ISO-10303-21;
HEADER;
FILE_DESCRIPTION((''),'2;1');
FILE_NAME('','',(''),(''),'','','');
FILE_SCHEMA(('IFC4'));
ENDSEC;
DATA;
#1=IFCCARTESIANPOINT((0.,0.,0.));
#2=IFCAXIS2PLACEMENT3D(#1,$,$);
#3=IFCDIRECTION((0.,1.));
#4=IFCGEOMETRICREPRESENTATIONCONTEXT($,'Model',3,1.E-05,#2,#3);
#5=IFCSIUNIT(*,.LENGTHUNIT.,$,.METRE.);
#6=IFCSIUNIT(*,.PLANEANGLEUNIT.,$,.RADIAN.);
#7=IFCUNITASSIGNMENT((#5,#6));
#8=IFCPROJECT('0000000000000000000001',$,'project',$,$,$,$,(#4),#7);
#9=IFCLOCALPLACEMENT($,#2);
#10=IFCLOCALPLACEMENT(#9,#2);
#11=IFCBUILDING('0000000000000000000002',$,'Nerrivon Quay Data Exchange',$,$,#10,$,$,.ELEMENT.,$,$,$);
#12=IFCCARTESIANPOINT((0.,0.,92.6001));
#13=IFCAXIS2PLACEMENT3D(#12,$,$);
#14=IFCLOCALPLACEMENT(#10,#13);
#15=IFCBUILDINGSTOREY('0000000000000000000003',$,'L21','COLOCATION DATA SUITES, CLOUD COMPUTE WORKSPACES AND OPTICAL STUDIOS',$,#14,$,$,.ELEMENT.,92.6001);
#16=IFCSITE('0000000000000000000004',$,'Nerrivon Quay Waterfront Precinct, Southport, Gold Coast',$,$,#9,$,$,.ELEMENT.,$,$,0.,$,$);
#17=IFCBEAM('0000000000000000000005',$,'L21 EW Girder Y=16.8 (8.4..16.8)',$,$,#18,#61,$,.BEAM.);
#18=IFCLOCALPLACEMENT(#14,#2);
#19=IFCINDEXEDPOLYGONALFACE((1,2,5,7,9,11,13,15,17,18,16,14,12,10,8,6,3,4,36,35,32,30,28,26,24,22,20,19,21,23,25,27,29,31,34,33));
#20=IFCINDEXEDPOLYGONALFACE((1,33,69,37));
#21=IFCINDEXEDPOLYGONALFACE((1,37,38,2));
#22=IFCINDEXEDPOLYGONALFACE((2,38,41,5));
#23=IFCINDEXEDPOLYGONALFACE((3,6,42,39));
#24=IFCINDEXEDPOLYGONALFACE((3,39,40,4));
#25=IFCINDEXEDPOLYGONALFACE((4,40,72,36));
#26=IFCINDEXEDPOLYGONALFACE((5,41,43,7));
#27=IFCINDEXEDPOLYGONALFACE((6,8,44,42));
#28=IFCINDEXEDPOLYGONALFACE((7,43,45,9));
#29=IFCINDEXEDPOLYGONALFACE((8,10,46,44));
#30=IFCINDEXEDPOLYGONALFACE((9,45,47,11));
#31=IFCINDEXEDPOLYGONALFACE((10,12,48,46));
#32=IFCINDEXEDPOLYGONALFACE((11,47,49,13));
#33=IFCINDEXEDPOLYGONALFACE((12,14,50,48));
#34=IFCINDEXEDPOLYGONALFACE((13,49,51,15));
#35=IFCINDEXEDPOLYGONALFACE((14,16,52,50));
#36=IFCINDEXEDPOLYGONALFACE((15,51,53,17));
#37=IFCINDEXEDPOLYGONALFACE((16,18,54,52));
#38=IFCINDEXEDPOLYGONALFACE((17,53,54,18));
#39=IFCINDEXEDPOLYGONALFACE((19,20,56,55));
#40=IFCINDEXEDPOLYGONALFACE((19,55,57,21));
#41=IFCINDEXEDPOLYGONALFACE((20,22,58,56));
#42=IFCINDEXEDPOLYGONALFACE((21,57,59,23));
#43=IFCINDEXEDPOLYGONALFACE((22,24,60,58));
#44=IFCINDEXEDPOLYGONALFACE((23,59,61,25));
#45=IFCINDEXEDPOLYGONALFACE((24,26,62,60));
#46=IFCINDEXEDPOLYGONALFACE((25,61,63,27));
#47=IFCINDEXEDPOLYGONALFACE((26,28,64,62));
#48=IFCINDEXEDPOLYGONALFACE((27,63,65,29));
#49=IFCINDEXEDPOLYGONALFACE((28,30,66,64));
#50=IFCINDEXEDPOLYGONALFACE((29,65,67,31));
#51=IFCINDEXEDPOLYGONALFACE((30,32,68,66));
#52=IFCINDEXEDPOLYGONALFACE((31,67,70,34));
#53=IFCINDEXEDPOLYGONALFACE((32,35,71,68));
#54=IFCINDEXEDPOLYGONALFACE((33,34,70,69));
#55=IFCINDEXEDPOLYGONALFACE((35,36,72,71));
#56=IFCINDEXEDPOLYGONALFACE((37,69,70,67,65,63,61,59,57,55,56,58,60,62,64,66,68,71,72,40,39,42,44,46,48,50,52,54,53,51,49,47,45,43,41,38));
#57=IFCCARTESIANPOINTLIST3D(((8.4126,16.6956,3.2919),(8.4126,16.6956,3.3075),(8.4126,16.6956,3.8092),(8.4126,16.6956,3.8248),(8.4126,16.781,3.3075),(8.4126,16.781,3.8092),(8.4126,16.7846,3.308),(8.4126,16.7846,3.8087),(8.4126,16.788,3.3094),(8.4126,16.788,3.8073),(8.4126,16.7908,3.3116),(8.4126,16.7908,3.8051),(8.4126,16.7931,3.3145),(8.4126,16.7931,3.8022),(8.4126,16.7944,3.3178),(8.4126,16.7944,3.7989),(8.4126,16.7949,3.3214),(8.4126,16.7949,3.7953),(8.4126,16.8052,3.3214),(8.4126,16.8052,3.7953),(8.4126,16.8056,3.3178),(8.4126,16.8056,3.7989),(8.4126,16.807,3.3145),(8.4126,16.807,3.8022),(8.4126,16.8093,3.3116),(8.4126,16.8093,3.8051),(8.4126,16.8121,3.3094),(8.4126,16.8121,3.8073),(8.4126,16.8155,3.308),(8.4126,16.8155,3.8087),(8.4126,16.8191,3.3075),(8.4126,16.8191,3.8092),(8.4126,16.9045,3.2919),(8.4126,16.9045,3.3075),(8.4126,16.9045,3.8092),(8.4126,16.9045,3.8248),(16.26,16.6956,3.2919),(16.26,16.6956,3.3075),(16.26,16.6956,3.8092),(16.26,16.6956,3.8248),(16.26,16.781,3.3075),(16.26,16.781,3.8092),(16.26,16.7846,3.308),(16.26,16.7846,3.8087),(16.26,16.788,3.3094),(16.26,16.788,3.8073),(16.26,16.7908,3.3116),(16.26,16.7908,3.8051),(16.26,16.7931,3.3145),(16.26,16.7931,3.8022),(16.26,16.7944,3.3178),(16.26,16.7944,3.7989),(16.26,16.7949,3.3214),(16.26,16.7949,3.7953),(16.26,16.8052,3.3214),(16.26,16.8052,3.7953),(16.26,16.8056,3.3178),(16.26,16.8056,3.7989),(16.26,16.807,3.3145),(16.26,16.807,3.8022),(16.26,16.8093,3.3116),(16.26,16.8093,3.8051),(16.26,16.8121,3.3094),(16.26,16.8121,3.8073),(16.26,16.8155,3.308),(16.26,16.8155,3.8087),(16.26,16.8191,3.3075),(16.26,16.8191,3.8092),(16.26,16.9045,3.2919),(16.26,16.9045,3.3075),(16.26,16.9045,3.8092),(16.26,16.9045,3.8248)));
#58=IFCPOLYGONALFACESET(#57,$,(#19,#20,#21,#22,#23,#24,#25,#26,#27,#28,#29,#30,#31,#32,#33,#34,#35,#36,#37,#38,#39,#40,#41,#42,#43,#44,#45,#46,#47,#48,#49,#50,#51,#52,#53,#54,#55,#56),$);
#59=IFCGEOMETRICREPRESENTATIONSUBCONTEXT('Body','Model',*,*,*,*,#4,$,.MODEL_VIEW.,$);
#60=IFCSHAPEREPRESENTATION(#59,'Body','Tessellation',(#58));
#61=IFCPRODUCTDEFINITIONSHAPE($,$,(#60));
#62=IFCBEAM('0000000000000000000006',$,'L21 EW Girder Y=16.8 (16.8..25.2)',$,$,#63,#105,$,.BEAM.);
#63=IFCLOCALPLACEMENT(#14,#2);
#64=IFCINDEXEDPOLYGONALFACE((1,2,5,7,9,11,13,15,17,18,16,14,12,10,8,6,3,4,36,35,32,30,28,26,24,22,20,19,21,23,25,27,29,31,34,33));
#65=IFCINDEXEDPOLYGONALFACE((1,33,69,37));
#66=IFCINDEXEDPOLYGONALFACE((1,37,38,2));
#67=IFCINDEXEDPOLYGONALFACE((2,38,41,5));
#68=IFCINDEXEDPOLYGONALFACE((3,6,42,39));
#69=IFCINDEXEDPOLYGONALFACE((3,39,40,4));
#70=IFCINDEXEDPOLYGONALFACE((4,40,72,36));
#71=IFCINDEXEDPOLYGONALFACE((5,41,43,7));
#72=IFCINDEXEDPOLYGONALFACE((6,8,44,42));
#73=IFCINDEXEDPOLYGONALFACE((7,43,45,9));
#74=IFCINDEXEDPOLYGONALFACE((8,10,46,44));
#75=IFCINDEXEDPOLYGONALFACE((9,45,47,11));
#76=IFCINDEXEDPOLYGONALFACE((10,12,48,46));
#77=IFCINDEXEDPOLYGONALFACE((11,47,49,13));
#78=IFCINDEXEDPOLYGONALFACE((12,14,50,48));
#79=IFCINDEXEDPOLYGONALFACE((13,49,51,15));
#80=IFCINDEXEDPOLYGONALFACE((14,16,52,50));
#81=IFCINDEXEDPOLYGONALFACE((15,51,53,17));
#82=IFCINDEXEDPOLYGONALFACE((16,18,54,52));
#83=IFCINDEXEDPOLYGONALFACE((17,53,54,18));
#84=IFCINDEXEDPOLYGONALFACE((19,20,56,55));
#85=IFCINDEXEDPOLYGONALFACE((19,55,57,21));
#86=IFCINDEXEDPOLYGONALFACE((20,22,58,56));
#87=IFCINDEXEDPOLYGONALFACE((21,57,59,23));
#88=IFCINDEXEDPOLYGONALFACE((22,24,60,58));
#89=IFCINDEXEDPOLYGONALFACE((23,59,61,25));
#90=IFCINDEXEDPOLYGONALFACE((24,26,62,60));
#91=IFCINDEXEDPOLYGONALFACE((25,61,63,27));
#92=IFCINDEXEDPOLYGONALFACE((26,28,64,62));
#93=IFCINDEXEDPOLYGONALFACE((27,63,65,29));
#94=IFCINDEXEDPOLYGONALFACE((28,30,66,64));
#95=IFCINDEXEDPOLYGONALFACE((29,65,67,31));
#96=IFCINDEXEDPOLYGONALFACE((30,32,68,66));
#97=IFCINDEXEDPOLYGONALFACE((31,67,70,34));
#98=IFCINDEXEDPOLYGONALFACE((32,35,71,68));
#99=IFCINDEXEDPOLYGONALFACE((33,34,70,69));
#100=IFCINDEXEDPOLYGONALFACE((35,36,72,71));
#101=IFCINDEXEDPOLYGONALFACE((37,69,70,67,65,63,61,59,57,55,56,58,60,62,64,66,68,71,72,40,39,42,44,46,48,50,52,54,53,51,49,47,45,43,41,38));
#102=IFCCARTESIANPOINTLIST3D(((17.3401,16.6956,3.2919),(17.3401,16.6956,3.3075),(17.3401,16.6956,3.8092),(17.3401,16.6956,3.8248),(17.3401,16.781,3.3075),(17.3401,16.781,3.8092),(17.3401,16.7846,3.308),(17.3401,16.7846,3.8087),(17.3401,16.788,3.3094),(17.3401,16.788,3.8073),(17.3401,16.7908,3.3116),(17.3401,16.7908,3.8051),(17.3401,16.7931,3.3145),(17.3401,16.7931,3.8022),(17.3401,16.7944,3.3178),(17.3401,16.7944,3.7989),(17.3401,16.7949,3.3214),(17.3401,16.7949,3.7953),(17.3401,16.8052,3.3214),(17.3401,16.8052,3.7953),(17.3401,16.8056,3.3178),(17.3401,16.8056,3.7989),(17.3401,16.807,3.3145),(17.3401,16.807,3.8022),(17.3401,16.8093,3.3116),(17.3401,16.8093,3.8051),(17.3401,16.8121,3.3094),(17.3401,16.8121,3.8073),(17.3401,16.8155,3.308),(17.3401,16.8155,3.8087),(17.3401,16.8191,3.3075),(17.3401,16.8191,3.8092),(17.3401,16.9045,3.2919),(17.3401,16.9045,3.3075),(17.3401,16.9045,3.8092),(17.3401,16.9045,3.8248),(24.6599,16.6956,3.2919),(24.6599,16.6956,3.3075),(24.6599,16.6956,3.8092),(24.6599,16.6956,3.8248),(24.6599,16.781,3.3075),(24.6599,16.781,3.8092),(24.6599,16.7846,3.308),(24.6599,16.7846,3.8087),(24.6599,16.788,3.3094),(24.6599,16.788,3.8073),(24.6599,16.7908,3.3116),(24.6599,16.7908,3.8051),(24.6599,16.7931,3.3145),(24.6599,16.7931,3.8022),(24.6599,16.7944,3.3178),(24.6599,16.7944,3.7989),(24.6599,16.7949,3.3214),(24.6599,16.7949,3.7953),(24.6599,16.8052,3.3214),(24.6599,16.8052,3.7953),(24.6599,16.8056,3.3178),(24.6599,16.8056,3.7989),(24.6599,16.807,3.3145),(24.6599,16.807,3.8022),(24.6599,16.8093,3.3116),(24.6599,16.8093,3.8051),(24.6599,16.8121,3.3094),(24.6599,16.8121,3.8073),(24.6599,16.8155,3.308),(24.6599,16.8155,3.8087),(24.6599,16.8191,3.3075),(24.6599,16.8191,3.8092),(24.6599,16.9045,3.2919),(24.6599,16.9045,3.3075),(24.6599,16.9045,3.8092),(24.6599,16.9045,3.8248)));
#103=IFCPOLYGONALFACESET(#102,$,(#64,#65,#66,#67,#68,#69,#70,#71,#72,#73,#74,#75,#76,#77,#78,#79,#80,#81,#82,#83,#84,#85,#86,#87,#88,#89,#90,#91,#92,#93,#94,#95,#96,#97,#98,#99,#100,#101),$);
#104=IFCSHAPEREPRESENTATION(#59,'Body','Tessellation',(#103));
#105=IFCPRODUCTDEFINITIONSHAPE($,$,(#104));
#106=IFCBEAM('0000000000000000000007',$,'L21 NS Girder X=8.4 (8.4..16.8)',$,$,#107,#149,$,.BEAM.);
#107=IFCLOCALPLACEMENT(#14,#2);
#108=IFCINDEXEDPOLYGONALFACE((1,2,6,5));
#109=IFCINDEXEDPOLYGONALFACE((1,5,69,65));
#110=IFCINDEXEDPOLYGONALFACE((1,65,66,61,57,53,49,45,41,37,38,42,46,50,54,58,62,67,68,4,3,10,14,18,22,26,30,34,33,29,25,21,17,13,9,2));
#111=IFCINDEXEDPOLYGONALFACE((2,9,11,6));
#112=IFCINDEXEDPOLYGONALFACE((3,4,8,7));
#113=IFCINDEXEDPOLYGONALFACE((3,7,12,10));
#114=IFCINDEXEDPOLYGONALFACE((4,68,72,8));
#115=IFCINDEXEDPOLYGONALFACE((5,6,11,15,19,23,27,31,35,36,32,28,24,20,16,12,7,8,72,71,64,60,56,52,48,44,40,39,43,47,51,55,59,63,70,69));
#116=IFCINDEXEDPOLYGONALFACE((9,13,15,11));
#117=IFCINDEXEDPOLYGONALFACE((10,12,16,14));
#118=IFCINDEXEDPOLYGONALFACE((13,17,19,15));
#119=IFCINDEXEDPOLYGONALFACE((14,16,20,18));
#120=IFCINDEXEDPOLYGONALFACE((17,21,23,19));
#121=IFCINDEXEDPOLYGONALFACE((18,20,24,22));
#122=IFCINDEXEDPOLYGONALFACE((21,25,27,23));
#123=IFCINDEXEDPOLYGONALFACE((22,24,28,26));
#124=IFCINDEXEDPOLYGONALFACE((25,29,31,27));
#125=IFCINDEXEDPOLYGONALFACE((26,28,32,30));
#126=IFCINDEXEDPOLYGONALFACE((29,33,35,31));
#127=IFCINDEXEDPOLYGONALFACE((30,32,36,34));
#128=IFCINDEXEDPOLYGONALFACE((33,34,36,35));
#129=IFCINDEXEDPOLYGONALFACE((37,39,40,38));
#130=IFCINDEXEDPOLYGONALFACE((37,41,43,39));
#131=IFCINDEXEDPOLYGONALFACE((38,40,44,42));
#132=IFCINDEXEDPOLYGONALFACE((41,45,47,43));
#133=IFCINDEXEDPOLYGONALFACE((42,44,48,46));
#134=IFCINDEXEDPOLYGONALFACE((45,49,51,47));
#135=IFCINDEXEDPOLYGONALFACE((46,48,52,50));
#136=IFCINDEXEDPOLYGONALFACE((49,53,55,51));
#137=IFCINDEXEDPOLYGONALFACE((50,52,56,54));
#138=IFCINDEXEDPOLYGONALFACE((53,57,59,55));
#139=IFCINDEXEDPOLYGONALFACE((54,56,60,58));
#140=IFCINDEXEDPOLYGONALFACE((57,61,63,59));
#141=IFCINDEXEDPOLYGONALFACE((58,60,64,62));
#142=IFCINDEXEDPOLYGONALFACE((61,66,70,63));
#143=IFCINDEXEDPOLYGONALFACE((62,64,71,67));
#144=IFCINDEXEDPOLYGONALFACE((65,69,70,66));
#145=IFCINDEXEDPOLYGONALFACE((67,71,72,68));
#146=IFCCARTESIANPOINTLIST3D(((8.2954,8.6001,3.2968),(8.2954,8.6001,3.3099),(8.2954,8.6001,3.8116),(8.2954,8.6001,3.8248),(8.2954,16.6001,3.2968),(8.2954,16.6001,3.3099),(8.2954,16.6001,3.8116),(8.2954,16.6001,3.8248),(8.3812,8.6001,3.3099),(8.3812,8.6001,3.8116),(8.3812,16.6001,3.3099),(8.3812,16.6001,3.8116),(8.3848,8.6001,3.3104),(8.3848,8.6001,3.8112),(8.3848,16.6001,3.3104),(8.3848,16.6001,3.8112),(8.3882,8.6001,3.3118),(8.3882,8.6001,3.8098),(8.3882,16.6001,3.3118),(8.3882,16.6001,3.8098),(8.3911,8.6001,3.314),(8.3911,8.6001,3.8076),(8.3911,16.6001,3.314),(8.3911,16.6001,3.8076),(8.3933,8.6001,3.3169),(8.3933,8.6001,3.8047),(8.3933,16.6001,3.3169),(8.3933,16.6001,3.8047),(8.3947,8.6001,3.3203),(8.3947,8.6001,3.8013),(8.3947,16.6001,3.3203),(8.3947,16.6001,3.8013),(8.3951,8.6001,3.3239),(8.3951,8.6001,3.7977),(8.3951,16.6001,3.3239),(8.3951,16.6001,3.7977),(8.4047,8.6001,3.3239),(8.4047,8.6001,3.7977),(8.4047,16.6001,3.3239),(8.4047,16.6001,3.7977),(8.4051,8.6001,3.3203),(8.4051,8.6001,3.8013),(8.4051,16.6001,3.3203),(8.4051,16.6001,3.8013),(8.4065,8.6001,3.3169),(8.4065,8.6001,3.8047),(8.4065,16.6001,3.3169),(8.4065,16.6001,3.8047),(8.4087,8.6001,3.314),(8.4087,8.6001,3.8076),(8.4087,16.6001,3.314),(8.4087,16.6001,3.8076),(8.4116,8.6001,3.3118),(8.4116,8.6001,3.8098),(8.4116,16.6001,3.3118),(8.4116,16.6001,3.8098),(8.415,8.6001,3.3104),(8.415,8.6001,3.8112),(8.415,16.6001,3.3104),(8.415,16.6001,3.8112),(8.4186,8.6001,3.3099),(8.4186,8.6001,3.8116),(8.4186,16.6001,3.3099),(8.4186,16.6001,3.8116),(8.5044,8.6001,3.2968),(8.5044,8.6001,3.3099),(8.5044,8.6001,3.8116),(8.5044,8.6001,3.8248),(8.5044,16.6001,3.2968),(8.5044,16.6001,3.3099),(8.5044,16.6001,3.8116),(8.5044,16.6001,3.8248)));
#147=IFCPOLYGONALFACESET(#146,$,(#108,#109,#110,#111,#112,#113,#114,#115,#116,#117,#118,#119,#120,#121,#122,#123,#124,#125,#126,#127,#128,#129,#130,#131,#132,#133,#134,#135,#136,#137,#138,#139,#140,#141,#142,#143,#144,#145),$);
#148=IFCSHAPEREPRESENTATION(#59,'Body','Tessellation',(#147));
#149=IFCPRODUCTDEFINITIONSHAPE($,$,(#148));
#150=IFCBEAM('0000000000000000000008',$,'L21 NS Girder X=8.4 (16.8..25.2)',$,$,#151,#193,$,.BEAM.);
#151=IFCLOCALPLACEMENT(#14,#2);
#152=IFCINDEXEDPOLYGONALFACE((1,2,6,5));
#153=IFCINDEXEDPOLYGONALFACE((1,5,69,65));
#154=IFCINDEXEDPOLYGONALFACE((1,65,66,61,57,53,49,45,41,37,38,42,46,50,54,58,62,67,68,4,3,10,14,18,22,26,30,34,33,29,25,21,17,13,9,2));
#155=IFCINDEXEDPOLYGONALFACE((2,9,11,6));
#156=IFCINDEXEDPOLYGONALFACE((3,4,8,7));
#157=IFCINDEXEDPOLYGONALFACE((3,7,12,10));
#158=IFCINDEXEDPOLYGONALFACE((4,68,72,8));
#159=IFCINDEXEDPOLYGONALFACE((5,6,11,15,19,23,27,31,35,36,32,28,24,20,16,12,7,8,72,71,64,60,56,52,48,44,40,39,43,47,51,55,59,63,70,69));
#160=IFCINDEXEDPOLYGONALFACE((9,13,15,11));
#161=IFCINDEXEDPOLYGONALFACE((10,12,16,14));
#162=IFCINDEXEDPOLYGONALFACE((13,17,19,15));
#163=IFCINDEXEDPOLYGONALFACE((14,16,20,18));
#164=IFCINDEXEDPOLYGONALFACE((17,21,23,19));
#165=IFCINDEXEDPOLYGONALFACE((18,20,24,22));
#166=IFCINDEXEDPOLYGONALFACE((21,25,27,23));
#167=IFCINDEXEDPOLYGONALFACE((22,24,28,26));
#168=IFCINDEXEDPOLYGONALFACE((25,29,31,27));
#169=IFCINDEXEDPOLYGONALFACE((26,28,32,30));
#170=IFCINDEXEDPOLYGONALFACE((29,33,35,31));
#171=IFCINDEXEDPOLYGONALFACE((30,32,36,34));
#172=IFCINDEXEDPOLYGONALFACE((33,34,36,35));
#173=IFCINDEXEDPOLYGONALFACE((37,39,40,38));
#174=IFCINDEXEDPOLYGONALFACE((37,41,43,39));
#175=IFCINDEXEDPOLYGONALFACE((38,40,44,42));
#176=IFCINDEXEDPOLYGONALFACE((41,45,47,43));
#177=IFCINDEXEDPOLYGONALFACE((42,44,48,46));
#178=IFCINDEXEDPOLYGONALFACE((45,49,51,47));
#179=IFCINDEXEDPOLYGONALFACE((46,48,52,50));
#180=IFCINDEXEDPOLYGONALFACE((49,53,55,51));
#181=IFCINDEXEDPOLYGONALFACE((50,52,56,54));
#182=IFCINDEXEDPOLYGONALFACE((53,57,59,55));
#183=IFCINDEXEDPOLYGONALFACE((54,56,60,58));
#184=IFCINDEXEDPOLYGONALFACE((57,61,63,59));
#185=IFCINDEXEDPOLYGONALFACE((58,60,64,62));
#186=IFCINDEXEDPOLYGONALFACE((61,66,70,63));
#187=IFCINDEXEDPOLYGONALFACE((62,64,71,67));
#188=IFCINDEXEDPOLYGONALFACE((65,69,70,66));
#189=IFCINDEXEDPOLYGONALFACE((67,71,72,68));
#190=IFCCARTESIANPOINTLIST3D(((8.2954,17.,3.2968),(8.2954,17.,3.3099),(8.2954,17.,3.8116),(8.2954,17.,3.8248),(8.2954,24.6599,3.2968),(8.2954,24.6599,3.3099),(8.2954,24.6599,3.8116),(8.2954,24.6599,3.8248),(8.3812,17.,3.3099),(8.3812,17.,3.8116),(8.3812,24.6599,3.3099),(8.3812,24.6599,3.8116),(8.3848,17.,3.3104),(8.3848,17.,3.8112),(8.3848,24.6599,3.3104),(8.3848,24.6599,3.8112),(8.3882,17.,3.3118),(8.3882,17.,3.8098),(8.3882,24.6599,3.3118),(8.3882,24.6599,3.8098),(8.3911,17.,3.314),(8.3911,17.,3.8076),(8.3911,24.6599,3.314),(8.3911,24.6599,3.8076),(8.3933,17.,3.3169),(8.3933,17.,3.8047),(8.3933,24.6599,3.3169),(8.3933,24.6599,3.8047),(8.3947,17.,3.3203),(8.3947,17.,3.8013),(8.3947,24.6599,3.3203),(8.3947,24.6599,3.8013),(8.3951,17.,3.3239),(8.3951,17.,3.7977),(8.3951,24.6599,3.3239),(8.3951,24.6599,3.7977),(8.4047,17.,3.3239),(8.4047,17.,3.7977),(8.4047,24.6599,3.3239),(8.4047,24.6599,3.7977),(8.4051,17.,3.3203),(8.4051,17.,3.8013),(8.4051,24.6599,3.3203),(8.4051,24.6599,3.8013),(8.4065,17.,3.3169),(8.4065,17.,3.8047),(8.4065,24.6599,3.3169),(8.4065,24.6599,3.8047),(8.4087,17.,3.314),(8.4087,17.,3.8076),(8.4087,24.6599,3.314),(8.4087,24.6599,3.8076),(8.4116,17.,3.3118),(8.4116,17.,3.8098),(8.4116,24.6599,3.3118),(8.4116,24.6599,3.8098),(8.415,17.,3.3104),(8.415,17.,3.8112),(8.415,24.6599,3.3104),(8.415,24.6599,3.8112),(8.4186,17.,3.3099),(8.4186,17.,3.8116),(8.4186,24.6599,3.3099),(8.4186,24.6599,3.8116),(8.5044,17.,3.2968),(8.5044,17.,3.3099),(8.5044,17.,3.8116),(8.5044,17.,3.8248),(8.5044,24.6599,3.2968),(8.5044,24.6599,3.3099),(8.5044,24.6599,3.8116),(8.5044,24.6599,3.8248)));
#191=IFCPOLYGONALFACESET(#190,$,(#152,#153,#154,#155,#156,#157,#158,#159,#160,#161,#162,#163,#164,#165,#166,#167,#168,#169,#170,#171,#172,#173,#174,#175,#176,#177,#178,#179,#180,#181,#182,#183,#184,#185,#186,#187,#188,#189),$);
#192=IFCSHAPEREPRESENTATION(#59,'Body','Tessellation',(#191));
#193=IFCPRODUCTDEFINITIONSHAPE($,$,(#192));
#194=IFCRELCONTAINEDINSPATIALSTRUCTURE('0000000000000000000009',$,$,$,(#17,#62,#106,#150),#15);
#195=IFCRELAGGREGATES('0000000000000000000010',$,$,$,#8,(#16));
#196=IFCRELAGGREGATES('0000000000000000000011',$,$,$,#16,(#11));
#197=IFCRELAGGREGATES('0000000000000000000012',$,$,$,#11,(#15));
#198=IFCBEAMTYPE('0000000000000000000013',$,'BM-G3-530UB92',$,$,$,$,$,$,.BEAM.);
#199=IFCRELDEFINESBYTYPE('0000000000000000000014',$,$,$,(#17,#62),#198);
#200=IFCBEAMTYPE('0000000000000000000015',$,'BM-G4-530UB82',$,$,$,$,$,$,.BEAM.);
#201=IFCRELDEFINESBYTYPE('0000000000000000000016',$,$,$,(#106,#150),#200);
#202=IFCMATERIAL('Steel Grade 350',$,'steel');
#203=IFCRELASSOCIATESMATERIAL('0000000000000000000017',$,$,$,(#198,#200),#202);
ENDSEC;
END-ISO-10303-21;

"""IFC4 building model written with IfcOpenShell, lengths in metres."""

from ifc_helpers import new_model, si_unit, direction, frame, origin, origin_2d, place, context, subcontext, project, spatial, i_section, extrude, material, material_profile, profile_set, type_object, element, save


model = new_model("IFC4")

# Units and contexts
model_context = context("Model", 3, precision=1e-05, world=origin(), true_north=direction((0.0, 1.0)))
body_context = subcontext(model_context, "Body", "Model", "MODEL_VIEW")
ifc_project = project(units=[si_unit("LENGTHUNIT", "METRE"), si_unit("PLANEANGLEUNIT", "RADIAN")], contexts=[model_context])

# Site, building, storey
site_placement = place(None, origin())
site = spatial("IfcSite", under=ifc_project, at=site_placement, Name="Nerrivon Quay Waterfront Precinct, Southport, Gold Coast", CompositionType="ELEMENT", RefElevation=0.0)
building_placement = place(site_placement, origin())
building = spatial("IfcBuilding", under=site, at=building_placement, Name="Nerrivon Quay Data Exchange", CompositionType="ELEMENT")
storey_placement = place(building_placement, frame((0.0, 0.0, 92.6001)))
storey = spatial("IfcBuildingStorey", under=building, at=storey_placement, Name="L21", Description="COLOCATION DATA SUITES, CLOUD COMPUTE WORKSPACES AND OPTICAL STUDIOS", CompositionType="ELEMENT", Elevation=92.6001)

# Shared definitions
ifc_material_1 = material(Name="Steel Grade 350", Category="steel")

# Beams
ifc_material_profile_1 = material_profile(ifc_material_1, i_section(OverallWidth=0.209, OverallDepth=0.533, WebThickness=0.0103, FlangeThickness=0.0156, FilletRadius=0.0139, at=origin_2d()), Name="530UB92.4")
ifc_profile_set_1 = profile_set([ifc_material_profile_1], Name="Steel Grade 350")
beam_type_1 = type_object("IfcBeamType", Name="BM-G3-530UB92", PredefinedType="BEAM", material=ifc_profile_set_1)
beam_1_placement = place(storey_placement, frame((8.4126, 16.8, 3.5583), z_axis=(1.0, 0.0, 0.0), x_axis=(0.0, 1.0, 0.0)))
element("IfcBeam", 1, at=beam_1_placement, inside=storey, type_object=beam_type_1, Name="L21 EW Girder Y=16.8 (8.4..16.8)", PredefinedType="BEAM", context=body_context, shape_type="SweptSolid", body=[
    extrude(i_section(OverallWidth=0.209, OverallDepth=0.533, WebThickness=0.0103, FlangeThickness=0.0156, FilletRadius=0.0139, at=origin_2d()), origin(), (0.0, 0.0, 1.0), 7.8474),
])
beam_2_placement = place(storey_placement, frame((17.3401, 16.8, 3.5583), z_axis=(1.0, 0.0, 0.0), x_axis=(0.0, 1.0, 0.0)))
element("IfcBeam", 2, at=beam_2_placement, inside=storey, type_object=beam_type_1, Name="L21 EW Girder Y=16.8 (16.8..25.2)", PredefinedType="BEAM", context=body_context, shape_type="SweptSolid", body=[
    extrude(i_section(OverallWidth=0.209, OverallDepth=0.533, WebThickness=0.0103, FlangeThickness=0.0156, FilletRadius=0.0139, at=origin_2d()), origin(), (0.0, 0.0, 1.0), 7.3198),
])
ifc_material_profile_2 = material_profile(ifc_material_1, i_section(OverallWidth=0.209, OverallDepth=0.5281, WebThickness=0.0095, FlangeThickness=0.0132, FilletRadius=0.0139, at=origin_2d()), Name="530UB82.0")
ifc_profile_set_2 = profile_set([ifc_material_profile_2], Name="Steel Grade 350")
beam_type_2 = type_object("IfcBeamType", Name="BM-G4-530UB82", PredefinedType="BEAM", material=ifc_profile_set_2)
beam_3_placement = place(storey_placement, frame((8.3999, 8.6001, 3.5608), z_axis=(0.0, 1.0, 0.0), x_axis=(-1.0, 0.0, 0.0)))
element("IfcBeam", 3, at=beam_3_placement, inside=storey, type_object=beam_type_2, Name="L21 NS Girder X=8.4 (8.4..16.8)", PredefinedType="BEAM", context=body_context, shape_type="SweptSolid", body=[
    extrude(i_section(OverallWidth=0.209, OverallDepth=0.5281, WebThickness=0.0095, FlangeThickness=0.0132, FilletRadius=0.0139, at=origin_2d()), origin(), (0.0, 0.0, 1.0), 8.0),
])
beam_4_placement = place(storey_placement, frame((8.3999, 17.0, 3.5608), z_axis=(0.0, 1.0, 0.0), x_axis=(-1.0, 0.0, 0.0)))
element("IfcBeam", 4, at=beam_4_placement, inside=storey, type_object=beam_type_2, Name="L21 NS Girder X=8.4 (16.8..25.2)", PredefinedType="BEAM", context=body_context, shape_type="SweptSolid", body=[
    extrude(i_section(OverallWidth=0.209, OverallDepth=0.5281, WebThickness=0.0095, FlangeThickness=0.0132, FilletRadius=0.0139, at=origin_2d()), origin(), (0.0, 0.0, 1.0), 7.6599),
])

save(model, "model.ifc")
